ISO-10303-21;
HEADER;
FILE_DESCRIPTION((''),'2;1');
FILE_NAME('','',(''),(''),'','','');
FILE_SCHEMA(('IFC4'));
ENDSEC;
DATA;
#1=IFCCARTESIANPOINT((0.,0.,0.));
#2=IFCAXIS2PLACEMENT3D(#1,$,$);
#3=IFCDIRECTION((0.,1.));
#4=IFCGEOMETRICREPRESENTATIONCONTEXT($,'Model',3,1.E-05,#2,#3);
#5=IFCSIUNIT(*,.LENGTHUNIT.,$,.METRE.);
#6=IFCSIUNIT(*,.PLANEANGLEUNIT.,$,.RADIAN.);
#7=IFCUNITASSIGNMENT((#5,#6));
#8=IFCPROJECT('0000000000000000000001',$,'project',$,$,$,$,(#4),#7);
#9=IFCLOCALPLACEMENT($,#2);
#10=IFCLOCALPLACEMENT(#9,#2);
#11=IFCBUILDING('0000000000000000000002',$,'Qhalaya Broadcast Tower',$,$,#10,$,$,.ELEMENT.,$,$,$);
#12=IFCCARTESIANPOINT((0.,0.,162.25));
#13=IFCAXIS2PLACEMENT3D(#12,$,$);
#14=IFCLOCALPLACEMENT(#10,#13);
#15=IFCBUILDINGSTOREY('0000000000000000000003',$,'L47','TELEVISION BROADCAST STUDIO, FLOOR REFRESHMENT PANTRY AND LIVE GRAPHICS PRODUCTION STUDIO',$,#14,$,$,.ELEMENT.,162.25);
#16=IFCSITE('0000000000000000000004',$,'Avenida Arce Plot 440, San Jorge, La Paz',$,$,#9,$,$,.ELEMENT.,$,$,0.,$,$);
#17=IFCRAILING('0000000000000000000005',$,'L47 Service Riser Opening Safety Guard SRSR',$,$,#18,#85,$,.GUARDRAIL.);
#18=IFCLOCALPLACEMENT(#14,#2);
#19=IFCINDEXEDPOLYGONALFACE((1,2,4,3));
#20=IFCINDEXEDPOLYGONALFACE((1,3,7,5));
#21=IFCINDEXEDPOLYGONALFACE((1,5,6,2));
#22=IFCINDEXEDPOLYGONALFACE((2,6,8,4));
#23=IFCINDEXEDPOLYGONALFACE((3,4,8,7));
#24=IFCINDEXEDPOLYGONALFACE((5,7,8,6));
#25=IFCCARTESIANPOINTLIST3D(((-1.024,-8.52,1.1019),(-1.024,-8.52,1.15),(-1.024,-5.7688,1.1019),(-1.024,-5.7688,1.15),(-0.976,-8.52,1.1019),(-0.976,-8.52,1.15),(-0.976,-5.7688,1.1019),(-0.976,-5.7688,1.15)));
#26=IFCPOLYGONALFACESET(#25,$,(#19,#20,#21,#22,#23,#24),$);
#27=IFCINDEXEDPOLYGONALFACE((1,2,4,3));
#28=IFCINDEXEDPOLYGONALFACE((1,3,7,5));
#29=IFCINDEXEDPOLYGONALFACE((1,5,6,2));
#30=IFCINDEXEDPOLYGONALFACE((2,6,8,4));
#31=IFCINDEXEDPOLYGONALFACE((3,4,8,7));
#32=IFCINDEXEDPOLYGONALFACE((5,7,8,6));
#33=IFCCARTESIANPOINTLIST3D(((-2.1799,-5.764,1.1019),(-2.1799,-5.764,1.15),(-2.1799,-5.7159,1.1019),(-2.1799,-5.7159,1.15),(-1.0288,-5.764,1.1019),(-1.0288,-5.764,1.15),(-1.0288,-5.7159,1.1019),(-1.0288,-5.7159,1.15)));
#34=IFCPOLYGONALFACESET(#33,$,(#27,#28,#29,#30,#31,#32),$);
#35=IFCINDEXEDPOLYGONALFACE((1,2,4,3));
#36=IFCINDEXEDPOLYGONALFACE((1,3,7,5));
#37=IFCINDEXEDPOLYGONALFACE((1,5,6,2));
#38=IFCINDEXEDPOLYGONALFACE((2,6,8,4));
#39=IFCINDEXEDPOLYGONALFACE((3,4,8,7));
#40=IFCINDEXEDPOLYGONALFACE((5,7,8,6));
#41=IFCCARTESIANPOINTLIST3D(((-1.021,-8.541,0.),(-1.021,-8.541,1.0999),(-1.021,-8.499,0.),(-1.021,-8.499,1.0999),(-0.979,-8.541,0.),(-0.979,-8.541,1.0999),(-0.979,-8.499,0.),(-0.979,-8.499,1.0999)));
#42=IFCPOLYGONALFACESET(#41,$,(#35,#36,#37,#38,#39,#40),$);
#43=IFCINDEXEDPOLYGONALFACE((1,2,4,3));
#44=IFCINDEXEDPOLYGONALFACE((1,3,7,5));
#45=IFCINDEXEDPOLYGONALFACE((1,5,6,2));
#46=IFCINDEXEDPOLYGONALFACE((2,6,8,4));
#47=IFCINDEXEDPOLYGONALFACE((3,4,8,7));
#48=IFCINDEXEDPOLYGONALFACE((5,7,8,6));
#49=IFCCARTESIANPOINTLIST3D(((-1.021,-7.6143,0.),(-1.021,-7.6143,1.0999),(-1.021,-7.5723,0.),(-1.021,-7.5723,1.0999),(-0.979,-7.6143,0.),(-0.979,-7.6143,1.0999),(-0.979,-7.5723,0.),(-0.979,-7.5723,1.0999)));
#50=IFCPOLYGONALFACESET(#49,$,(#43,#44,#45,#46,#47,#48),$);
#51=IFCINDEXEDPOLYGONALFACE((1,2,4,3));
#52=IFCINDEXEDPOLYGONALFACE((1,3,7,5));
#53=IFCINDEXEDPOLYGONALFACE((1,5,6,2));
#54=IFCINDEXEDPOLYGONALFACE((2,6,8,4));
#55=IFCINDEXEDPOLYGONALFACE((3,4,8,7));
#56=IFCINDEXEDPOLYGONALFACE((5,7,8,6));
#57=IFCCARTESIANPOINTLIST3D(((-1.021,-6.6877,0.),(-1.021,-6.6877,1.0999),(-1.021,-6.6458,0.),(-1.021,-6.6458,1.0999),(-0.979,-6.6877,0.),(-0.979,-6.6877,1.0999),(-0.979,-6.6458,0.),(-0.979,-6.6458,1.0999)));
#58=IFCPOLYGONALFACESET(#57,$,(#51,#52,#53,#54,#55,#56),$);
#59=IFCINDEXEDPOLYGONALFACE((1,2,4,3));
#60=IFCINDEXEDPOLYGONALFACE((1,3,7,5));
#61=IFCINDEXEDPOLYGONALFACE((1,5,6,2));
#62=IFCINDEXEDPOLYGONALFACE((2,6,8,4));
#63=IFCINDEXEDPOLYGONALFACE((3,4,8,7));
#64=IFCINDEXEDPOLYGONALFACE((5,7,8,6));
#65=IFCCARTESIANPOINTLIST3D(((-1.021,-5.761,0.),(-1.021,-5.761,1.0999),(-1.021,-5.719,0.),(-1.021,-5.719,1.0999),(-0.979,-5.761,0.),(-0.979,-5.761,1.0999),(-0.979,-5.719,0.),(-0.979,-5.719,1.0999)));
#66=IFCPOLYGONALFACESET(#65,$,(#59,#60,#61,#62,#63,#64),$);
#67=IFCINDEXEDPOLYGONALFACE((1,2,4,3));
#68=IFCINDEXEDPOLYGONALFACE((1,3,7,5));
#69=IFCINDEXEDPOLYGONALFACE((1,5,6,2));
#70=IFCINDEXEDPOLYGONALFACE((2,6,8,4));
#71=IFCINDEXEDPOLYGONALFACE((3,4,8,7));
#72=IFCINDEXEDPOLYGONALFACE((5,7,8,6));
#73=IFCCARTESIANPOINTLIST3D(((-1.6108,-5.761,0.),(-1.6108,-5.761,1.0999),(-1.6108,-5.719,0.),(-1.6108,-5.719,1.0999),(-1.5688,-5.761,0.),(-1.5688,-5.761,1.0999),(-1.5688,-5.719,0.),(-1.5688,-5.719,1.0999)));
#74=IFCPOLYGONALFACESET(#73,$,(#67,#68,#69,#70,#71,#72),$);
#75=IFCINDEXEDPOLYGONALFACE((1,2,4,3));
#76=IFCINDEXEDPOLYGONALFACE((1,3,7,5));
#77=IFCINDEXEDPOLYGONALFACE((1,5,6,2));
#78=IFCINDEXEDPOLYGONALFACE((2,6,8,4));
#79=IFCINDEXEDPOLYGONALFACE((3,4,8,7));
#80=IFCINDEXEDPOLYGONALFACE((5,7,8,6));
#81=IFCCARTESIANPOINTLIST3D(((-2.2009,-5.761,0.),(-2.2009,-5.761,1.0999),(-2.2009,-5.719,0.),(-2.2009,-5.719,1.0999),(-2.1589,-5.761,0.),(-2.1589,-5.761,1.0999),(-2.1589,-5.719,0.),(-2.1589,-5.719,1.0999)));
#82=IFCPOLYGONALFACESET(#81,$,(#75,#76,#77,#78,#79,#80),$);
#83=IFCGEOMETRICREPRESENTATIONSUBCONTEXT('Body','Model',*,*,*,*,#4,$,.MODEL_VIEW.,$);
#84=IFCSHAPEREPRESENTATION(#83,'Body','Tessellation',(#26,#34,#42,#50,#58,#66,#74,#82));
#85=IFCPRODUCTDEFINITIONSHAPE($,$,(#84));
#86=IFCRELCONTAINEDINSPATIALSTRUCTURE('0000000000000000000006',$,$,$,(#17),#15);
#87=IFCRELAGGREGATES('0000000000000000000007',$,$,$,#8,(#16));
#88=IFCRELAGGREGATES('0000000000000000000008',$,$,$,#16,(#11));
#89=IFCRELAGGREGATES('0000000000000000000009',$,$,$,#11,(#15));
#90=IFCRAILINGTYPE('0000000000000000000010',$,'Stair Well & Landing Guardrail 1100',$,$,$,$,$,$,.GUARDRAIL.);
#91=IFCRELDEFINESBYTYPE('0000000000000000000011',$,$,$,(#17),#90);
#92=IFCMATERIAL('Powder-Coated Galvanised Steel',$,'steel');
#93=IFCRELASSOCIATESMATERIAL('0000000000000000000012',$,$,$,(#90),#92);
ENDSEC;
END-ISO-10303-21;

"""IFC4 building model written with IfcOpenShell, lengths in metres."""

from ifc_helpers import new_model, si_unit, direction, frame, origin, origin_2d, place, context, subcontext, project, spatial, rectangle, extrude, material, type_object, element, save


model = new_model("IFC4")

# Units and contexts
model_context = context("Model", 3, precision=1e-05, world=origin(), true_north=direction((0.0, 1.0)))
body_context = subcontext(model_context, "Body", "Model", "MODEL_VIEW")
ifc_project = project(units=[si_unit("LENGTHUNIT", "METRE"), si_unit("PLANEANGLEUNIT", "RADIAN")], contexts=[model_context])

# Site, building, storey
site_placement = place(None, origin())
site = spatial("IfcSite", under=ifc_project, at=site_placement, Name="Avenida Arce Plot 440, San Jorge, La Paz", CompositionType="ELEMENT", RefElevation=0.0)
building_placement = place(site_placement, origin())
building = spatial("IfcBuilding", under=site, at=building_placement, Name="Qhalaya Broadcast Tower", CompositionType="ELEMENT")
storey_placement = place(building_placement, frame((0.0, 0.0, 162.25)))
storey = spatial("IfcBuildingStorey", under=building, at=storey_placement, Name="L47", Description="TELEVISION BROADCAST STUDIO, FLOOR REFRESHMENT PANTRY AND LIVE GRAPHICS PRODUCTION STUDIO", CompositionType="ELEMENT", Elevation=162.25)

# Railing
ifc_material_1 = material(Name="Powder-Coated Galvanised Steel", Category="steel")
railing_type = type_object("IfcRailingType", Name="Stair Well & Landing Guardrail 1100", PredefinedType="GUARDRAIL", material=ifc_material_1)
railing_placement = place(storey_placement, frame((-1.0, -8.52, 0.0)))
element("IfcRailing", 1, at=railing_placement, inside=storey, type_object=railing_type, Name="L47 Service Riser Opening Safety Guard SRSR", PredefinedType="GUARDRAIL", context=body_context, shape_type="SweptSolid", body=[
    extrude(rectangle(XDim=0.0481, YDim=0.0481, at=origin_2d()), frame((0.0, 0.0, 1.126), z_axis=(0.0, 1.0, 0.0), x_axis=(-1.0, 0.0, 0.0)), (0.0, 0.0, 1.0), 2.7512),
    extrude(rectangle(XDim=0.0481, YDim=0.0481, at=origin_2d()), frame((-0.0288, 2.78, 1.126), z_axis=(-1.0, 0.0, 0.0), x_axis=(0.0, -1.0, 0.0)), (0.0, 0.0, 1.0), 1.1511),
    extrude(rectangle(XDim=0.042, YDim=0.042, at=origin_2d()), origin(), (0.0, 0.0, 1.0), 1.0999),
    extrude(rectangle(XDim=0.042, YDim=0.042, at=origin_2d()), frame((0.0, 0.9268, 0.0)), (0.0, 0.0, 1.0), 1.0999),
    extrude(rectangle(XDim=0.042, YDim=0.042, at=origin_2d()), frame((0.0, 1.8533, 0.0)), (0.0, 0.0, 1.0), 1.0999),
    extrude(rectangle(XDim=0.042, YDim=0.042, at=origin_2d()), frame((0.0, 2.78, 0.0)), (0.0, 0.0, 1.0), 1.0999),
    extrude(rectangle(XDim=0.042, YDim=0.042, at=origin_2d()), frame((-0.5898, 2.78, 0.0)), (0.0, 0.0, 1.0), 1.0999),
    extrude(rectangle(XDim=0.042, YDim=0.042, at=origin_2d()), frame((-1.1799, 2.78, 0.0)), (0.0, 0.0, 1.0), 1.0999),
])

save(model, "model.ifc")
